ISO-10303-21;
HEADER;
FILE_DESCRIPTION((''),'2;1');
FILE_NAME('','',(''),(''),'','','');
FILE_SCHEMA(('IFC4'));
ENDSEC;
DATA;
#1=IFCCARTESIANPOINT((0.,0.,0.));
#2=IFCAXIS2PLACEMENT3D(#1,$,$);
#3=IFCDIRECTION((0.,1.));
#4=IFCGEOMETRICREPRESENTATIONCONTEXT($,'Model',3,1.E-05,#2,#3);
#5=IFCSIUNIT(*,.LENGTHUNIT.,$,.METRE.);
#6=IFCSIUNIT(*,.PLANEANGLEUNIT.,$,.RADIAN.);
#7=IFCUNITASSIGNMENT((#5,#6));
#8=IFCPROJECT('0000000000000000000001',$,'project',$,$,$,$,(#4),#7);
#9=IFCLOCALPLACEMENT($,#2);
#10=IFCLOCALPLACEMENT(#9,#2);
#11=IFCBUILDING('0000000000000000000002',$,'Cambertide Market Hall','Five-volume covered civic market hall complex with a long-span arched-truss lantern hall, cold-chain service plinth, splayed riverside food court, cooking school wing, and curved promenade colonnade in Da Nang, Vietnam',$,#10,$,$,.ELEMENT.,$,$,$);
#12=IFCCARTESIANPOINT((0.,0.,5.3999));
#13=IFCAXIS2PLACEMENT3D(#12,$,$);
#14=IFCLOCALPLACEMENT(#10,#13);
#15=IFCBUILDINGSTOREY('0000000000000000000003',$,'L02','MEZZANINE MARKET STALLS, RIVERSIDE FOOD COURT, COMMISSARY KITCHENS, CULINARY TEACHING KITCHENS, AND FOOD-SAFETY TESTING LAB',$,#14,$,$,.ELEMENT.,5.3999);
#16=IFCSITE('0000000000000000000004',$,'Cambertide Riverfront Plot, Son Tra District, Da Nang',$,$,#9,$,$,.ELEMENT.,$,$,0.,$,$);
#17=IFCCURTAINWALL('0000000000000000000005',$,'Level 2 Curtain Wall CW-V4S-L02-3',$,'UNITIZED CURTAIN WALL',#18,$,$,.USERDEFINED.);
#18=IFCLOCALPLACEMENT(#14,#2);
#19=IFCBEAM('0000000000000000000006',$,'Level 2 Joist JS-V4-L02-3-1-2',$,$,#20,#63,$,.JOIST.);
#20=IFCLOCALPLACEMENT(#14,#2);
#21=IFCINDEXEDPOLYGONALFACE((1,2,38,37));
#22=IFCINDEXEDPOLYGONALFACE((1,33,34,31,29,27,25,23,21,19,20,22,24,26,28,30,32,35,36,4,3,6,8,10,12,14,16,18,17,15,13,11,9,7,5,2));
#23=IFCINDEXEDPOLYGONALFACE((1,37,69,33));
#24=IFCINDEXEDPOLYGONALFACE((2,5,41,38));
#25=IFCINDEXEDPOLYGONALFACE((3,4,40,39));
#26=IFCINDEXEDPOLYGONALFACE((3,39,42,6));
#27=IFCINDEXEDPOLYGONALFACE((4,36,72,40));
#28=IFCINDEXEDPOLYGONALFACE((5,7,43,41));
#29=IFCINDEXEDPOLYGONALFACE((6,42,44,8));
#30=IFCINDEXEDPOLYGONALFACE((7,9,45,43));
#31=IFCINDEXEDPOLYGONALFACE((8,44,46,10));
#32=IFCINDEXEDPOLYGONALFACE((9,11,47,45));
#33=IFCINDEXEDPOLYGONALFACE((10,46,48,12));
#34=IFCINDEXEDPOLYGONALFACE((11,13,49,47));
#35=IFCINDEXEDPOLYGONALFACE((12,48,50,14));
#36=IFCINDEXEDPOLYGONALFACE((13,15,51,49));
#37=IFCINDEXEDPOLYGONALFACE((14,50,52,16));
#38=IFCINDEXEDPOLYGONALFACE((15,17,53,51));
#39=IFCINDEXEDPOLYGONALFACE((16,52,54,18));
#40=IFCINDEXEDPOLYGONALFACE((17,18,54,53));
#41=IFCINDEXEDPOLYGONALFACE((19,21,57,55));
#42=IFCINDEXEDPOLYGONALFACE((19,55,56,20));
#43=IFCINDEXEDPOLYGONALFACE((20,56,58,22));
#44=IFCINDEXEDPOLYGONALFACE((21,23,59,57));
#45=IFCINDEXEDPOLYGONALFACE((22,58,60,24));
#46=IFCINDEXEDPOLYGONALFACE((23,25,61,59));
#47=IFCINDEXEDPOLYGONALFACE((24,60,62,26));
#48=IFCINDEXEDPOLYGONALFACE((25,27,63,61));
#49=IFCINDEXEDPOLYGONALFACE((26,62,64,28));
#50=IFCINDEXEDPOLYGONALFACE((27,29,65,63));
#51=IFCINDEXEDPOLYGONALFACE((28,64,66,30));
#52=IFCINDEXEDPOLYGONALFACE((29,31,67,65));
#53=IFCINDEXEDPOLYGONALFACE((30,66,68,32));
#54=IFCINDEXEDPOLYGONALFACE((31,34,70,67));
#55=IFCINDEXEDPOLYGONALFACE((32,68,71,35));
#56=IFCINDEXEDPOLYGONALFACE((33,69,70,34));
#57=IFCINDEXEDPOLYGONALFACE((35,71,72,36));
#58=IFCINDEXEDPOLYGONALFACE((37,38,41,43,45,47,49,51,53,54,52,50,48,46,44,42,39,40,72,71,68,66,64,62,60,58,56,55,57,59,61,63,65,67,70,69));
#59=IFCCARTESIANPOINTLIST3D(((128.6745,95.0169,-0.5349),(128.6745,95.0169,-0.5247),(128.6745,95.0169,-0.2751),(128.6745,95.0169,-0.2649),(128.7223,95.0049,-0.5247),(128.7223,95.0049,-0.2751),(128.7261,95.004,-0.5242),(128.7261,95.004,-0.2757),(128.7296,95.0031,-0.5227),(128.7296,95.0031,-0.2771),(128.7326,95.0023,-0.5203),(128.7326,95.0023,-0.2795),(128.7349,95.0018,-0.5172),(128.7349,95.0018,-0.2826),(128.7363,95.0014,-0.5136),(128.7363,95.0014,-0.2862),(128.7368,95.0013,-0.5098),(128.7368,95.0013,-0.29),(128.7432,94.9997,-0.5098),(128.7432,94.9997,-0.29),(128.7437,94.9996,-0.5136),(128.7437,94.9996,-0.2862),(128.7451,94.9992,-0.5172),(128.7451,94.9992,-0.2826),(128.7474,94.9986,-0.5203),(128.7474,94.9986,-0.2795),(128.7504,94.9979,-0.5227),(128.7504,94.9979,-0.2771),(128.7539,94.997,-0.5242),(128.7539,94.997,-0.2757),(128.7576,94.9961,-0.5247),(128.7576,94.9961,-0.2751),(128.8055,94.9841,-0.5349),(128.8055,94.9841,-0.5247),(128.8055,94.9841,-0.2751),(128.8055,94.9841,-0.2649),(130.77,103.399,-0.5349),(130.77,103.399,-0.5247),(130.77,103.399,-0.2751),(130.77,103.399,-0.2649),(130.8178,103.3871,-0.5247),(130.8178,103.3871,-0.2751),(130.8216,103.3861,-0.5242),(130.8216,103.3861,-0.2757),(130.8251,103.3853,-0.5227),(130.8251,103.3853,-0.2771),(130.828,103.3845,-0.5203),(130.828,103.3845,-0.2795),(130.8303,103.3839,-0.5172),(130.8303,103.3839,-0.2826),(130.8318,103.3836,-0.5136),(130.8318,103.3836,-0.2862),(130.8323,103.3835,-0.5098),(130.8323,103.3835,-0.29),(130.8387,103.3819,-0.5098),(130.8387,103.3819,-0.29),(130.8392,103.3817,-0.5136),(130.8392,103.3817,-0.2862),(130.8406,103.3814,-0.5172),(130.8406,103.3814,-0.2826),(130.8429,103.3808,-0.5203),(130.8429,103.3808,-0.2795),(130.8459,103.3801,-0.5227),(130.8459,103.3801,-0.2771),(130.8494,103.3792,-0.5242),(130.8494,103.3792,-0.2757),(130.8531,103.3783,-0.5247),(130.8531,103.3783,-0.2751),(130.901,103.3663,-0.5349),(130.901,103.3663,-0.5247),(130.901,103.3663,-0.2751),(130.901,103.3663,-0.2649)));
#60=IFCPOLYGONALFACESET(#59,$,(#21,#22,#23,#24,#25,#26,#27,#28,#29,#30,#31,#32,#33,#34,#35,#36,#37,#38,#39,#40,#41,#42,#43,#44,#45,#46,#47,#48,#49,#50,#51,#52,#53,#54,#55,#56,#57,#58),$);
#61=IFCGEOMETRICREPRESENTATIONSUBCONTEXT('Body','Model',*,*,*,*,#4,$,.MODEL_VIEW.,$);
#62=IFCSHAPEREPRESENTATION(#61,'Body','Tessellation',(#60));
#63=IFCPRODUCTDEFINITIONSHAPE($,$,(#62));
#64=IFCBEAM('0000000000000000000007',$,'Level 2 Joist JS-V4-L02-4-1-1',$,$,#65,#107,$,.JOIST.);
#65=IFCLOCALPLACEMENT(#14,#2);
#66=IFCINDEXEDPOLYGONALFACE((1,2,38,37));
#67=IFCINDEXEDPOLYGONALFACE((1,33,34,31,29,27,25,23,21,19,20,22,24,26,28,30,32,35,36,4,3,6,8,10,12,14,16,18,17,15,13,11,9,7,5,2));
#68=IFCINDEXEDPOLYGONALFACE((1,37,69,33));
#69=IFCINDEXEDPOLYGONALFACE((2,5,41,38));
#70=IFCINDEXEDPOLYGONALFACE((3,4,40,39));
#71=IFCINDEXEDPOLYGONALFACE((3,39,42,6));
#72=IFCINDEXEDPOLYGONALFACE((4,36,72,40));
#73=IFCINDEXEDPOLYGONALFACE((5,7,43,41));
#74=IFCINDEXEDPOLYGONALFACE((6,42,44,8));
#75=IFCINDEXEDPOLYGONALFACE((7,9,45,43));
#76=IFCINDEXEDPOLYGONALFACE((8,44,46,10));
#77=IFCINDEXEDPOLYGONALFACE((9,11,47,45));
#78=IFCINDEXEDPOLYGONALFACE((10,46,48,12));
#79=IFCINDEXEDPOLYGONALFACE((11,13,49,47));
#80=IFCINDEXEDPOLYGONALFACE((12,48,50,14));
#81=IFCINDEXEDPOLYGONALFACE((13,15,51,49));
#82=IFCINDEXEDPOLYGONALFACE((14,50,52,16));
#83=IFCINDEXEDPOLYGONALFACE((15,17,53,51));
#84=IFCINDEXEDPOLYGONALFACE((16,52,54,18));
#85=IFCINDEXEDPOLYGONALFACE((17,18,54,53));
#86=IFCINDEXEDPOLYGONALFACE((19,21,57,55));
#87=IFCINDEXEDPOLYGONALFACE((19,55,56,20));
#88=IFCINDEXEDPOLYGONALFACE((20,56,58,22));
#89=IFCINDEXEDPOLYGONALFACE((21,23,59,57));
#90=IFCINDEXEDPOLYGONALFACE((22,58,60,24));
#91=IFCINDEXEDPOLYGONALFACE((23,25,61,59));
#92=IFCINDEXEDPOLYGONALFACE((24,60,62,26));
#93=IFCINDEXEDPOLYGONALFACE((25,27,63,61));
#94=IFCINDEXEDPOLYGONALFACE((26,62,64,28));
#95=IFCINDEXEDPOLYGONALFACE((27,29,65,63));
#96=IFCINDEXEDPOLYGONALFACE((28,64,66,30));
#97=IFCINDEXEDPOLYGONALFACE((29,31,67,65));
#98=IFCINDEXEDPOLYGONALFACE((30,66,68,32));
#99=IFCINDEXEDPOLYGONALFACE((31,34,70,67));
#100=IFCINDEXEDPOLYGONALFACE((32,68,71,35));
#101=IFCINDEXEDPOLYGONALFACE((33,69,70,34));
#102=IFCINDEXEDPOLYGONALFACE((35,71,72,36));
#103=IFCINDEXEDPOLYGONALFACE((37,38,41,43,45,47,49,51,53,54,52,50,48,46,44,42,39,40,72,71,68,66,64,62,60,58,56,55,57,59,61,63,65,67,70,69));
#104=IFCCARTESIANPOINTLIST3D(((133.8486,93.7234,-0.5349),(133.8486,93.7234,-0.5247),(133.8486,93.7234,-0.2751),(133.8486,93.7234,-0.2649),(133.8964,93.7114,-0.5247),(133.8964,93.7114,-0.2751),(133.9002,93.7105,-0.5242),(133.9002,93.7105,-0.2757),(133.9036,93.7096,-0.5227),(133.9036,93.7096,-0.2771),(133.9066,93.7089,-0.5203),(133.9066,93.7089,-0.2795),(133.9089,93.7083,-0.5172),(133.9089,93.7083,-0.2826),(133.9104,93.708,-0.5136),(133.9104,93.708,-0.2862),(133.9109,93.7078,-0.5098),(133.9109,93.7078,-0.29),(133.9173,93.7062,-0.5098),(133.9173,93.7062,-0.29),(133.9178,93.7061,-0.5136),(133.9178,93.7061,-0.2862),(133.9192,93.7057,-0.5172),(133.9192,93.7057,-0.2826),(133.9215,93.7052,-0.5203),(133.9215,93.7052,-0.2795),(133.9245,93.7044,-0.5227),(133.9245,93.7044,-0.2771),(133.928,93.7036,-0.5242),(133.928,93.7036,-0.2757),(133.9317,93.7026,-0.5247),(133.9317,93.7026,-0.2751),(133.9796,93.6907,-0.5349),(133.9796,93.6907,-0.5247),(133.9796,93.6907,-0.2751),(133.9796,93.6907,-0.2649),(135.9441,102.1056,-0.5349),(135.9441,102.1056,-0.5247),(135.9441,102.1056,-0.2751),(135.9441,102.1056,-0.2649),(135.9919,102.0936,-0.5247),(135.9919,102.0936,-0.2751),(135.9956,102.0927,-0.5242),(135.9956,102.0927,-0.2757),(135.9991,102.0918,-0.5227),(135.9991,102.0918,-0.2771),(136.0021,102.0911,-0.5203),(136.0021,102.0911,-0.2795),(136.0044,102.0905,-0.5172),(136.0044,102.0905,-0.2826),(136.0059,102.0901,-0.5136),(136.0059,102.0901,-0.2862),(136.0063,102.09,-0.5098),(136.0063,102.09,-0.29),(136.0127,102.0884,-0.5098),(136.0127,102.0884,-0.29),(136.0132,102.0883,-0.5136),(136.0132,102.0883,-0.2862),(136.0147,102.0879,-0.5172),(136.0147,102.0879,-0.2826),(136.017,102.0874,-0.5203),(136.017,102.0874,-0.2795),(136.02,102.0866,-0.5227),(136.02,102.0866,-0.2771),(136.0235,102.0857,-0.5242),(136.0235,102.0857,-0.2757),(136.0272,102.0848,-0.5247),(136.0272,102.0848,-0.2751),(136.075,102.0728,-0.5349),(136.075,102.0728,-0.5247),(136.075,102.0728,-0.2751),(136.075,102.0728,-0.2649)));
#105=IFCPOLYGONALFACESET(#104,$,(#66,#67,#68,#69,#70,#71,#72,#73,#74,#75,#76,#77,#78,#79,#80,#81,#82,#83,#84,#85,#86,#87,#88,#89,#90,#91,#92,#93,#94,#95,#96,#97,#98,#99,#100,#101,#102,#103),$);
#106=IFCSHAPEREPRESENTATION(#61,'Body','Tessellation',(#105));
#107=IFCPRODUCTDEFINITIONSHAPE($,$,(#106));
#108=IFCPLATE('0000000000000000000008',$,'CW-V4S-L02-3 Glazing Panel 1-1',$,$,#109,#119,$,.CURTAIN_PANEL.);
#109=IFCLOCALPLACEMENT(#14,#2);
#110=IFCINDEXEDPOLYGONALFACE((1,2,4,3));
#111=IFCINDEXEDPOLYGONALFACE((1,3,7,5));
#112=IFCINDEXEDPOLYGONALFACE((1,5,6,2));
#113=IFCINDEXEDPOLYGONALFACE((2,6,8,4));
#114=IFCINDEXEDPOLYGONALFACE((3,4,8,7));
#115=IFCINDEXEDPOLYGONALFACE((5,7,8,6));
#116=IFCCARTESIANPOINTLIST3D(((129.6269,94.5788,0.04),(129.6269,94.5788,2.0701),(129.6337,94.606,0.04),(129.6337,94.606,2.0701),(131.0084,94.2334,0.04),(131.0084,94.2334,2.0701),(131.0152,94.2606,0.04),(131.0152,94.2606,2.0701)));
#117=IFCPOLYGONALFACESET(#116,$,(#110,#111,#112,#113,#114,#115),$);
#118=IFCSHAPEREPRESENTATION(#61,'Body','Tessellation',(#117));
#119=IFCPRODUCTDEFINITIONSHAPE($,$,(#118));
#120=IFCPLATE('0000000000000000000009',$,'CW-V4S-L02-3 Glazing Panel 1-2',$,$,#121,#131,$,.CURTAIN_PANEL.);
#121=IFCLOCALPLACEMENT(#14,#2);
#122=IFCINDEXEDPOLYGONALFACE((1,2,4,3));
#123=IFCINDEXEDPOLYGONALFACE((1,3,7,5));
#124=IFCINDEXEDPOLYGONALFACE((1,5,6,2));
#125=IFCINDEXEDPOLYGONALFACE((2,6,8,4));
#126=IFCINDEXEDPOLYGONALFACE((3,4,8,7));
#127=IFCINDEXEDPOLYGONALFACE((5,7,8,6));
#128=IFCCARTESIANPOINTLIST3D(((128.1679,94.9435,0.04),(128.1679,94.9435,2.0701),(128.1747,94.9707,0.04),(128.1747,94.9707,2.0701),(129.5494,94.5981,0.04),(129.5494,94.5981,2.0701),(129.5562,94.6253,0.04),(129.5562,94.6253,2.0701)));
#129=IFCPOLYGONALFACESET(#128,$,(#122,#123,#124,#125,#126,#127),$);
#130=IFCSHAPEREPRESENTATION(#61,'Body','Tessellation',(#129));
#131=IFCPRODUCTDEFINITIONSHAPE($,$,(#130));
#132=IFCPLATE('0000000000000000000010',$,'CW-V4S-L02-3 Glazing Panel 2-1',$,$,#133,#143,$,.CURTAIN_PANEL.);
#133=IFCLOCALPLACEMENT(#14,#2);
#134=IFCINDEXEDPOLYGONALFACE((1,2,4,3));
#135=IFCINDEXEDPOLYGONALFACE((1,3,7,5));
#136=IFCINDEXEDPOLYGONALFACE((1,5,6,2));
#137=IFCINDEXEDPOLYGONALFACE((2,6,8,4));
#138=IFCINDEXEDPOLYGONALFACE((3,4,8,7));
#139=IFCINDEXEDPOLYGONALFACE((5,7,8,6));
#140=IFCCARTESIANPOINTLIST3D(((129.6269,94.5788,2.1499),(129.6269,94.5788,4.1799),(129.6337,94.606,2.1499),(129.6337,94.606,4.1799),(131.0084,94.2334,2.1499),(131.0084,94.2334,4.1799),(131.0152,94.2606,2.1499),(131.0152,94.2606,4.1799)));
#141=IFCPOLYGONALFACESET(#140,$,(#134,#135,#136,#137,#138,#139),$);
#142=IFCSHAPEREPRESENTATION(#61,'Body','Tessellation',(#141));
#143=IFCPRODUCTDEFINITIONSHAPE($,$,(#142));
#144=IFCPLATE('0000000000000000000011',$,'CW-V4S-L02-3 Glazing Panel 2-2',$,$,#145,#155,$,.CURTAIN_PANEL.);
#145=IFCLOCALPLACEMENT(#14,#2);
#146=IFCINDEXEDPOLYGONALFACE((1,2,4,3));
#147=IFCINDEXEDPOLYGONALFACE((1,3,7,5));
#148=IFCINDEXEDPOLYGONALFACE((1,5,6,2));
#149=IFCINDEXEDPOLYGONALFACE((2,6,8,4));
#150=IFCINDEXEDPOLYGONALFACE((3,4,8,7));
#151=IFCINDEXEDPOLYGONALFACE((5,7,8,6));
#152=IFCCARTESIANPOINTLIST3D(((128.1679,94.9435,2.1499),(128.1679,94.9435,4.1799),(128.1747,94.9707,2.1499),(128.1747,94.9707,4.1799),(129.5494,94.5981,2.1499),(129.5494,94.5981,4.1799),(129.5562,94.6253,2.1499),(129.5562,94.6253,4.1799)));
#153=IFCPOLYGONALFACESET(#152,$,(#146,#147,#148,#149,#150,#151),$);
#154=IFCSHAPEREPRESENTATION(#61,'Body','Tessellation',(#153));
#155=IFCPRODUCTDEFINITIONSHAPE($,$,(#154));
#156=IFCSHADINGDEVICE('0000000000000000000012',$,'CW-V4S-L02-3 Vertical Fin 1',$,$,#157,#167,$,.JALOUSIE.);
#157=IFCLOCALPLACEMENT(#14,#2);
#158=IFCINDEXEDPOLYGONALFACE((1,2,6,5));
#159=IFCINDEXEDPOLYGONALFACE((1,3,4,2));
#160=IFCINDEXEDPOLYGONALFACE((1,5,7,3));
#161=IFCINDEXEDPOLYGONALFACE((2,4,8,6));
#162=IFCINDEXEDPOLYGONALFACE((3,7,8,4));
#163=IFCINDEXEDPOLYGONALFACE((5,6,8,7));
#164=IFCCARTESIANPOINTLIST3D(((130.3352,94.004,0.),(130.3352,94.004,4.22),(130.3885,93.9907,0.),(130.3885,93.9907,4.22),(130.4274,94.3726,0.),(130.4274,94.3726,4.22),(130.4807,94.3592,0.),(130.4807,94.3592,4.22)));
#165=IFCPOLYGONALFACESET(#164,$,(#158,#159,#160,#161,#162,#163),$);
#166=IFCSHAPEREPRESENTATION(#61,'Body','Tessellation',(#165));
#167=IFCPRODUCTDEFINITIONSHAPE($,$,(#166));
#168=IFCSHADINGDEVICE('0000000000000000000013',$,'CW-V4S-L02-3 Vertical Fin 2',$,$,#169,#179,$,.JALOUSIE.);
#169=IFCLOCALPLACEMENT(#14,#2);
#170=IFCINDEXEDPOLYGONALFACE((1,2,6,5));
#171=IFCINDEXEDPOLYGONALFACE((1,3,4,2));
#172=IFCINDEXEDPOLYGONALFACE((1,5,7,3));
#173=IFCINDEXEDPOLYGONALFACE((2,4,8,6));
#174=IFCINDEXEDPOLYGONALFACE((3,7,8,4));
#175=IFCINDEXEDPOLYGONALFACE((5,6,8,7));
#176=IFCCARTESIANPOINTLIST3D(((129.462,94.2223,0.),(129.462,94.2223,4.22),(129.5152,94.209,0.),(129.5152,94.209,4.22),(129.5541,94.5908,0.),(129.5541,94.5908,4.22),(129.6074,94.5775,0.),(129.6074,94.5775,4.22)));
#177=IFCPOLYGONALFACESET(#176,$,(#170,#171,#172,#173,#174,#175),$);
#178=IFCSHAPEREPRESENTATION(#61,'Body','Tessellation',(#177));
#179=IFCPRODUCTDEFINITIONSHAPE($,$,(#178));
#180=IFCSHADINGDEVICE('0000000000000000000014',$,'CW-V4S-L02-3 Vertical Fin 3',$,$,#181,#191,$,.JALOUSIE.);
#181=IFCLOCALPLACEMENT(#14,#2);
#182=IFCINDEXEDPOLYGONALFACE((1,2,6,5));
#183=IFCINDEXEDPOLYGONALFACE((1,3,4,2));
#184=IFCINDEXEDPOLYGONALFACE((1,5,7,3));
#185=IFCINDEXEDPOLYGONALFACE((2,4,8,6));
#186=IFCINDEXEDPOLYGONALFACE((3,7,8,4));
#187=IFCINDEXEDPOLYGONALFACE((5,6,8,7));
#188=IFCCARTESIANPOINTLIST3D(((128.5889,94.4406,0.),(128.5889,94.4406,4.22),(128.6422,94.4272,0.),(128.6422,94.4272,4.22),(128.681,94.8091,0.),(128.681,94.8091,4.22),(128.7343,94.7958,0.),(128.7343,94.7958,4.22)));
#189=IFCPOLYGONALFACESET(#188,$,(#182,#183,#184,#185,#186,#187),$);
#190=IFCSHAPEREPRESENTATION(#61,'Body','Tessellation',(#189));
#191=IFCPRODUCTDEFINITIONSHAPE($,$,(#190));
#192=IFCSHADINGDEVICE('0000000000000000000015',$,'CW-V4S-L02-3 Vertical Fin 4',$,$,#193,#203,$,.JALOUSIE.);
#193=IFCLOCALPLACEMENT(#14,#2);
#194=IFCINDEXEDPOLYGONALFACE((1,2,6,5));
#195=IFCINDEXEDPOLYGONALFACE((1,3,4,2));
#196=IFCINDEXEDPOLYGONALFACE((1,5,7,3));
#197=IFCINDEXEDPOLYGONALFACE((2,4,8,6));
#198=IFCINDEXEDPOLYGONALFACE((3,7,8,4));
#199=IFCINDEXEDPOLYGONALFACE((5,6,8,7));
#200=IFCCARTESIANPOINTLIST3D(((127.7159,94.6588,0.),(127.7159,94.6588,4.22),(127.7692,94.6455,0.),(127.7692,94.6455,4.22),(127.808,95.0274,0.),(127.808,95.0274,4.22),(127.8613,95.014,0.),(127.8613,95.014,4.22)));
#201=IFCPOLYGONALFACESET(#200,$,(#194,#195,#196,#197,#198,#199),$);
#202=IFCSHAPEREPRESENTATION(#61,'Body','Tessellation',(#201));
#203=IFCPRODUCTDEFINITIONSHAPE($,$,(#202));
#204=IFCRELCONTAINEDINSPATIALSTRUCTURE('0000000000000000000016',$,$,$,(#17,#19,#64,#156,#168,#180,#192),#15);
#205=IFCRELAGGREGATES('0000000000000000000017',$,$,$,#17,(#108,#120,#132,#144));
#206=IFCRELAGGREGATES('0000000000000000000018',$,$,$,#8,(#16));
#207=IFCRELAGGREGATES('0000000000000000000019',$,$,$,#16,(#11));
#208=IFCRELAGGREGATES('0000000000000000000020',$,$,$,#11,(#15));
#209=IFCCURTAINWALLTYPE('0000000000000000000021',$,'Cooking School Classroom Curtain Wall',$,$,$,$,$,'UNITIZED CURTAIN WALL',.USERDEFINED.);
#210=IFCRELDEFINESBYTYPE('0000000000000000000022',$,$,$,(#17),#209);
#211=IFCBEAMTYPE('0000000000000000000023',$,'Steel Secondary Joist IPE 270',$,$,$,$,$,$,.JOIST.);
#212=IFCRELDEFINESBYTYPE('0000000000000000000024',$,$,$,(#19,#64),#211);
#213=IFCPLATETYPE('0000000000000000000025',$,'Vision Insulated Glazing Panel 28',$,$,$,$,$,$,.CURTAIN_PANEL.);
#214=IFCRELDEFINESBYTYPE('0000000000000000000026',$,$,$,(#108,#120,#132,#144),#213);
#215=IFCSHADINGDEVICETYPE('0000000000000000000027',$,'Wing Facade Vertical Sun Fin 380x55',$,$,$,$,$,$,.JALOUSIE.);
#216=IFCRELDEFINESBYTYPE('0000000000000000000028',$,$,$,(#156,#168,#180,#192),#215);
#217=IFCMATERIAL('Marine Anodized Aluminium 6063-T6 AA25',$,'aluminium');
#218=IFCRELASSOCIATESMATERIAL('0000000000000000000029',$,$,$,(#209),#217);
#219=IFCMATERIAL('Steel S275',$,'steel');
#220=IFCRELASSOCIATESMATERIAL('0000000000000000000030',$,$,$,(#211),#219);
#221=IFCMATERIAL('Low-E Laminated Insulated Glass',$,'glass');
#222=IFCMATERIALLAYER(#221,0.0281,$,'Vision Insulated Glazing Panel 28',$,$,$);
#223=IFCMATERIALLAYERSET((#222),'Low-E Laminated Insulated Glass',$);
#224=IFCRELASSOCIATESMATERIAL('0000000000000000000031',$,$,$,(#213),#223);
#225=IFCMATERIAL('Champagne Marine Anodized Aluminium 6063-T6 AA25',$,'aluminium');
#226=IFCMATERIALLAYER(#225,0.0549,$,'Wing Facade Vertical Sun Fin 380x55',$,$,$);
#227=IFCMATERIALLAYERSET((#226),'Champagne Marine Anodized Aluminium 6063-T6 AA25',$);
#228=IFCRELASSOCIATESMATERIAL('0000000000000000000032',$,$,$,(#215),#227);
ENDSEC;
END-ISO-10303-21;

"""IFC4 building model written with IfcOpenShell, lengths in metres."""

from ifc_helpers import new_model, si_unit, direction, frame, origin, origin_2d, place, context, subcontext, project, spatial, rectangle, i_section, extrude, material, layer, layer_set, material_profile, profile_set, type_object, element, aggregate, save


model = new_model("IFC4")

# Units and contexts
model_context = context("Model", 3, precision=1e-05, world=origin(), true_north=direction((0.0, 1.0)))
body_context = subcontext(model_context, "Body", "Model", "MODEL_VIEW")
ifc_project = project(units=[si_unit("LENGTHUNIT", "METRE"), si_unit("PLANEANGLEUNIT", "RADIAN")], contexts=[model_context])

# Site, building, storey
site_placement = place(None, origin())
site = spatial("IfcSite", under=ifc_project, at=site_placement, Name="Cambertide Riverfront Plot, Son Tra District, Da Nang", CompositionType="ELEMENT", RefElevation=0.0)
building_placement = place(site_placement, origin())
building = spatial("IfcBuilding", under=site, at=building_placement, Name="Cambertide Market Hall", Description="Five-volume covered civic market hall complex with a long-span arched-truss lantern hall, cold-chain service plinth, splayed riverside food court, cooking school wing, and curved promenade colonnade in Da Nang, Vietnam", CompositionType="ELEMENT")
storey_placement = place(building_placement, frame((0.0, 0.0, 5.3999)))
storey = spatial("IfcBuildingStorey", under=building, at=storey_placement, Name="L02", Description="MEZZANINE MARKET STALLS, RIVERSIDE FOOD COURT, COMMISSARY KITCHENS, CULINARY TEACHING KITCHENS, AND FOOD-SAFETY TESTING LAB", CompositionType="ELEMENT", Elevation=5.3999)

# Curtain wall
ifc_material_1 = material(Name="Marine Anodized Aluminium 6063-T6 AA25", Category="aluminium")
curtain_wall_type = type_object("IfcCurtainWallType", Name="Cooking School Classroom Curtain Wall", ElementType="UNITIZED CURTAIN WALL", PredefinedType="USERDEFINED", material=ifc_material_1)
curtain_wall_placement = place(storey_placement, origin())
curtain_wall = element("IfcCurtainWall", 1, at=curtain_wall_placement, inside=storey, type_object=curtain_wall_type, Name="Level 2 Curtain Wall CW-V4S-L02-3", ObjectType="UNITIZED CURTAIN WALL", PredefinedType="USERDEFINED")

# Beams
ifc_material_2 = material(Name="Steel S275", Category="steel")
ifc_material_profile_1 = material_profile(ifc_material_2, i_section(OverallWidth=0.135, OverallDepth=0.27, WebThickness=0.0066, FlangeThickness=0.0103, FilletRadius=0.0149, at=origin_2d()), Name="IPE 270")
ifc_profile_set_1 = profile_set([ifc_material_profile_1], Name="Steel S275")
beam_type_1 = type_object("IfcBeamType", Name="Steel Secondary Joist IPE 270", PredefinedType="JOIST", material=ifc_profile_set_1)
for number, where, z_axis, x_axis, name in (
    (2, (128.74, 95.0005, -0.3999), (0.242529, 0.970144, 0.0), (-0.970144, 0.242529, 0.0), "Level 2 Joist JS-V4-L02-3-1-2"),
    (3, (133.9141, 93.707, -0.3999), (0.242529, 0.970144, 0.0), (-0.970144, 0.242529, 0.0), "Level 2 Joist JS-V4-L02-4-1-1"),
):
    element("IfcBeam", number, at=place(storey_placement, frame(where, z_axis=z_axis, x_axis=x_axis)), inside=storey, type_object=beam_type_1, Name=name, PredefinedType="JOIST", context=body_context, shape_type="SweptSolid", body=[
        extrude(i_section(OverallWidth=0.135, OverallDepth=0.27, WebThickness=0.0066, FlangeThickness=0.0103, FilletRadius=0.0149, at=origin_2d()), origin(), (0.0, 0.0, 1.0), 8.6401),
    ])

# Plates
ifc_material_3 = material(Name="Low-E Laminated Insulated Glass", Category="glass")
ifc_layer_1 = layer(ifc_material_3, 0.0281, Name="Vision Insulated Glazing Panel 28")
ifc_layer_set_1 = layer_set([ifc_layer_1], Name="Low-E Laminated Insulated Glass")
plate_type = type_object("IfcPlateType", Name="Vision Insulated Glazing Panel 28", PredefinedType="CURTAIN_PANEL", material=ifc_layer_set_1)
plate_1_placement = place(storey_placement, frame((130.321, 94.4197, 0.04), z_axis=(0.0, 0.0, 1.0), x_axis=(-0.970143, 0.242535, 0.0)))
plate_1 = element("IfcPlate", 4, at=plate_1_placement, type_object=plate_type, Name="CW-V4S-L02-3 Glazing Panel 1-1", PredefinedType="CURTAIN_PANEL", context=body_context, shape_type="SweptSolid", body=[
    extrude(rectangle(XDim=1.4241, YDim=0.0281, at=origin_2d()), origin(), (0.0, 0.0, 1.0), 2.03),
])
plate_2_placement = place(storey_placement, frame((128.8621, 94.7844, 0.04), z_axis=(0.0, 0.0, 1.0), x_axis=(-0.970143, 0.242535, 0.0)))
plate_2 = element("IfcPlate", 5, at=plate_2_placement, type_object=plate_type, Name="CW-V4S-L02-3 Glazing Panel 1-2", PredefinedType="CURTAIN_PANEL", context=body_context, shape_type="SweptSolid", body=[
    extrude(rectangle(XDim=1.4241, YDim=0.0281, at=origin_2d()), origin(), (0.0, 0.0, 1.0), 2.03),
])
plate_3_placement = place(storey_placement, frame((130.321, 94.4197, 2.1499), z_axis=(0.0, 0.0, 1.0), x_axis=(-0.970143, 0.242535, 0.0)))
plate_3 = element("IfcPlate", 6, at=plate_3_placement, type_object=plate_type, Name="CW-V4S-L02-3 Glazing Panel 2-1", PredefinedType="CURTAIN_PANEL", context=body_context, shape_type="SweptSolid", body=[
    extrude(rectangle(XDim=1.4241, YDim=0.0281, at=origin_2d()), origin(), (0.0, 0.0, 1.0), 2.03),
])
plate_4_placement = place(storey_placement, frame((128.8621, 94.7844, 2.1499), z_axis=(0.0, 0.0, 1.0), x_axis=(-0.970143, 0.242535, 0.0)))
plate_4 = element("IfcPlate", 7, at=plate_4_placement, type_object=plate_type, Name="CW-V4S-L02-3 Glazing Panel 2-2", PredefinedType="CURTAIN_PANEL", context=body_context, shape_type="SweptSolid", body=[
    extrude(rectangle(XDim=1.4241, YDim=0.0281, at=origin_2d()), origin(), (0.0, 0.0, 1.0), 2.03),
])
aggregate(curtain_wall, [plate_1, plate_2, plate_3, plate_4])

# Shading devices
ifc_material_4 = material(Name="Champagne Marine Anodized Aluminium 6063-T6 AA25", Category="aluminium")
ifc_layer_2 = layer(ifc_material_4, 0.0549, Name="Wing Facade Vertical Sun Fin 380x55")
ifc_layer_set_2 = layer_set([ifc_layer_2], Name="Champagne Marine Anodized Aluminium 6063-T6 AA25")
shading_device_type = type_object("IfcShadingDeviceType", Name="Wing Facade Vertical Sun Fin 380x55", PredefinedType="JALOUSIE", material=ifc_layer_set_2)
for number, where, z_axis, x_axis, name in (
    (8, (130.408, 94.1816, 0.0), (0.0, 0.0, 1.0), (-0.970143, 0.242535, 0.0), "CW-V4S-L02-3 Vertical Fin 1"),
    (9, (129.5347, 94.3999, 0.0), (0.0, 0.0, 1.0), (-0.970143, 0.242535, 0.0), "CW-V4S-L02-3 Vertical Fin 2"),
    (10, (128.6616, 94.6182, 0.0), (0.0, 0.0, 1.0), (-0.970143, 0.242535, 0.0), "CW-V4S-L02-3 Vertical Fin 3"),
    (11, (127.7886, 94.8364, 0.0), (0.0, 0.0, 1.0), (-0.970143, 0.242535, 0.0), "CW-V4S-L02-3 Vertical Fin 4"),
):
    element("IfcShadingDevice", number, at=place(storey_placement, frame(where, z_axis=z_axis, x_axis=x_axis)), inside=storey, type_object=shading_device_type, Name=name, PredefinedType="JALOUSIE", context=body_context, shape_type="SweptSolid", body=[
        extrude(rectangle(XDim=0.0549, YDim=0.3799, at=origin_2d()), origin(), (0.0, 0.0, 1.0), 4.22),
    ])

save(model, "model.ifc")
